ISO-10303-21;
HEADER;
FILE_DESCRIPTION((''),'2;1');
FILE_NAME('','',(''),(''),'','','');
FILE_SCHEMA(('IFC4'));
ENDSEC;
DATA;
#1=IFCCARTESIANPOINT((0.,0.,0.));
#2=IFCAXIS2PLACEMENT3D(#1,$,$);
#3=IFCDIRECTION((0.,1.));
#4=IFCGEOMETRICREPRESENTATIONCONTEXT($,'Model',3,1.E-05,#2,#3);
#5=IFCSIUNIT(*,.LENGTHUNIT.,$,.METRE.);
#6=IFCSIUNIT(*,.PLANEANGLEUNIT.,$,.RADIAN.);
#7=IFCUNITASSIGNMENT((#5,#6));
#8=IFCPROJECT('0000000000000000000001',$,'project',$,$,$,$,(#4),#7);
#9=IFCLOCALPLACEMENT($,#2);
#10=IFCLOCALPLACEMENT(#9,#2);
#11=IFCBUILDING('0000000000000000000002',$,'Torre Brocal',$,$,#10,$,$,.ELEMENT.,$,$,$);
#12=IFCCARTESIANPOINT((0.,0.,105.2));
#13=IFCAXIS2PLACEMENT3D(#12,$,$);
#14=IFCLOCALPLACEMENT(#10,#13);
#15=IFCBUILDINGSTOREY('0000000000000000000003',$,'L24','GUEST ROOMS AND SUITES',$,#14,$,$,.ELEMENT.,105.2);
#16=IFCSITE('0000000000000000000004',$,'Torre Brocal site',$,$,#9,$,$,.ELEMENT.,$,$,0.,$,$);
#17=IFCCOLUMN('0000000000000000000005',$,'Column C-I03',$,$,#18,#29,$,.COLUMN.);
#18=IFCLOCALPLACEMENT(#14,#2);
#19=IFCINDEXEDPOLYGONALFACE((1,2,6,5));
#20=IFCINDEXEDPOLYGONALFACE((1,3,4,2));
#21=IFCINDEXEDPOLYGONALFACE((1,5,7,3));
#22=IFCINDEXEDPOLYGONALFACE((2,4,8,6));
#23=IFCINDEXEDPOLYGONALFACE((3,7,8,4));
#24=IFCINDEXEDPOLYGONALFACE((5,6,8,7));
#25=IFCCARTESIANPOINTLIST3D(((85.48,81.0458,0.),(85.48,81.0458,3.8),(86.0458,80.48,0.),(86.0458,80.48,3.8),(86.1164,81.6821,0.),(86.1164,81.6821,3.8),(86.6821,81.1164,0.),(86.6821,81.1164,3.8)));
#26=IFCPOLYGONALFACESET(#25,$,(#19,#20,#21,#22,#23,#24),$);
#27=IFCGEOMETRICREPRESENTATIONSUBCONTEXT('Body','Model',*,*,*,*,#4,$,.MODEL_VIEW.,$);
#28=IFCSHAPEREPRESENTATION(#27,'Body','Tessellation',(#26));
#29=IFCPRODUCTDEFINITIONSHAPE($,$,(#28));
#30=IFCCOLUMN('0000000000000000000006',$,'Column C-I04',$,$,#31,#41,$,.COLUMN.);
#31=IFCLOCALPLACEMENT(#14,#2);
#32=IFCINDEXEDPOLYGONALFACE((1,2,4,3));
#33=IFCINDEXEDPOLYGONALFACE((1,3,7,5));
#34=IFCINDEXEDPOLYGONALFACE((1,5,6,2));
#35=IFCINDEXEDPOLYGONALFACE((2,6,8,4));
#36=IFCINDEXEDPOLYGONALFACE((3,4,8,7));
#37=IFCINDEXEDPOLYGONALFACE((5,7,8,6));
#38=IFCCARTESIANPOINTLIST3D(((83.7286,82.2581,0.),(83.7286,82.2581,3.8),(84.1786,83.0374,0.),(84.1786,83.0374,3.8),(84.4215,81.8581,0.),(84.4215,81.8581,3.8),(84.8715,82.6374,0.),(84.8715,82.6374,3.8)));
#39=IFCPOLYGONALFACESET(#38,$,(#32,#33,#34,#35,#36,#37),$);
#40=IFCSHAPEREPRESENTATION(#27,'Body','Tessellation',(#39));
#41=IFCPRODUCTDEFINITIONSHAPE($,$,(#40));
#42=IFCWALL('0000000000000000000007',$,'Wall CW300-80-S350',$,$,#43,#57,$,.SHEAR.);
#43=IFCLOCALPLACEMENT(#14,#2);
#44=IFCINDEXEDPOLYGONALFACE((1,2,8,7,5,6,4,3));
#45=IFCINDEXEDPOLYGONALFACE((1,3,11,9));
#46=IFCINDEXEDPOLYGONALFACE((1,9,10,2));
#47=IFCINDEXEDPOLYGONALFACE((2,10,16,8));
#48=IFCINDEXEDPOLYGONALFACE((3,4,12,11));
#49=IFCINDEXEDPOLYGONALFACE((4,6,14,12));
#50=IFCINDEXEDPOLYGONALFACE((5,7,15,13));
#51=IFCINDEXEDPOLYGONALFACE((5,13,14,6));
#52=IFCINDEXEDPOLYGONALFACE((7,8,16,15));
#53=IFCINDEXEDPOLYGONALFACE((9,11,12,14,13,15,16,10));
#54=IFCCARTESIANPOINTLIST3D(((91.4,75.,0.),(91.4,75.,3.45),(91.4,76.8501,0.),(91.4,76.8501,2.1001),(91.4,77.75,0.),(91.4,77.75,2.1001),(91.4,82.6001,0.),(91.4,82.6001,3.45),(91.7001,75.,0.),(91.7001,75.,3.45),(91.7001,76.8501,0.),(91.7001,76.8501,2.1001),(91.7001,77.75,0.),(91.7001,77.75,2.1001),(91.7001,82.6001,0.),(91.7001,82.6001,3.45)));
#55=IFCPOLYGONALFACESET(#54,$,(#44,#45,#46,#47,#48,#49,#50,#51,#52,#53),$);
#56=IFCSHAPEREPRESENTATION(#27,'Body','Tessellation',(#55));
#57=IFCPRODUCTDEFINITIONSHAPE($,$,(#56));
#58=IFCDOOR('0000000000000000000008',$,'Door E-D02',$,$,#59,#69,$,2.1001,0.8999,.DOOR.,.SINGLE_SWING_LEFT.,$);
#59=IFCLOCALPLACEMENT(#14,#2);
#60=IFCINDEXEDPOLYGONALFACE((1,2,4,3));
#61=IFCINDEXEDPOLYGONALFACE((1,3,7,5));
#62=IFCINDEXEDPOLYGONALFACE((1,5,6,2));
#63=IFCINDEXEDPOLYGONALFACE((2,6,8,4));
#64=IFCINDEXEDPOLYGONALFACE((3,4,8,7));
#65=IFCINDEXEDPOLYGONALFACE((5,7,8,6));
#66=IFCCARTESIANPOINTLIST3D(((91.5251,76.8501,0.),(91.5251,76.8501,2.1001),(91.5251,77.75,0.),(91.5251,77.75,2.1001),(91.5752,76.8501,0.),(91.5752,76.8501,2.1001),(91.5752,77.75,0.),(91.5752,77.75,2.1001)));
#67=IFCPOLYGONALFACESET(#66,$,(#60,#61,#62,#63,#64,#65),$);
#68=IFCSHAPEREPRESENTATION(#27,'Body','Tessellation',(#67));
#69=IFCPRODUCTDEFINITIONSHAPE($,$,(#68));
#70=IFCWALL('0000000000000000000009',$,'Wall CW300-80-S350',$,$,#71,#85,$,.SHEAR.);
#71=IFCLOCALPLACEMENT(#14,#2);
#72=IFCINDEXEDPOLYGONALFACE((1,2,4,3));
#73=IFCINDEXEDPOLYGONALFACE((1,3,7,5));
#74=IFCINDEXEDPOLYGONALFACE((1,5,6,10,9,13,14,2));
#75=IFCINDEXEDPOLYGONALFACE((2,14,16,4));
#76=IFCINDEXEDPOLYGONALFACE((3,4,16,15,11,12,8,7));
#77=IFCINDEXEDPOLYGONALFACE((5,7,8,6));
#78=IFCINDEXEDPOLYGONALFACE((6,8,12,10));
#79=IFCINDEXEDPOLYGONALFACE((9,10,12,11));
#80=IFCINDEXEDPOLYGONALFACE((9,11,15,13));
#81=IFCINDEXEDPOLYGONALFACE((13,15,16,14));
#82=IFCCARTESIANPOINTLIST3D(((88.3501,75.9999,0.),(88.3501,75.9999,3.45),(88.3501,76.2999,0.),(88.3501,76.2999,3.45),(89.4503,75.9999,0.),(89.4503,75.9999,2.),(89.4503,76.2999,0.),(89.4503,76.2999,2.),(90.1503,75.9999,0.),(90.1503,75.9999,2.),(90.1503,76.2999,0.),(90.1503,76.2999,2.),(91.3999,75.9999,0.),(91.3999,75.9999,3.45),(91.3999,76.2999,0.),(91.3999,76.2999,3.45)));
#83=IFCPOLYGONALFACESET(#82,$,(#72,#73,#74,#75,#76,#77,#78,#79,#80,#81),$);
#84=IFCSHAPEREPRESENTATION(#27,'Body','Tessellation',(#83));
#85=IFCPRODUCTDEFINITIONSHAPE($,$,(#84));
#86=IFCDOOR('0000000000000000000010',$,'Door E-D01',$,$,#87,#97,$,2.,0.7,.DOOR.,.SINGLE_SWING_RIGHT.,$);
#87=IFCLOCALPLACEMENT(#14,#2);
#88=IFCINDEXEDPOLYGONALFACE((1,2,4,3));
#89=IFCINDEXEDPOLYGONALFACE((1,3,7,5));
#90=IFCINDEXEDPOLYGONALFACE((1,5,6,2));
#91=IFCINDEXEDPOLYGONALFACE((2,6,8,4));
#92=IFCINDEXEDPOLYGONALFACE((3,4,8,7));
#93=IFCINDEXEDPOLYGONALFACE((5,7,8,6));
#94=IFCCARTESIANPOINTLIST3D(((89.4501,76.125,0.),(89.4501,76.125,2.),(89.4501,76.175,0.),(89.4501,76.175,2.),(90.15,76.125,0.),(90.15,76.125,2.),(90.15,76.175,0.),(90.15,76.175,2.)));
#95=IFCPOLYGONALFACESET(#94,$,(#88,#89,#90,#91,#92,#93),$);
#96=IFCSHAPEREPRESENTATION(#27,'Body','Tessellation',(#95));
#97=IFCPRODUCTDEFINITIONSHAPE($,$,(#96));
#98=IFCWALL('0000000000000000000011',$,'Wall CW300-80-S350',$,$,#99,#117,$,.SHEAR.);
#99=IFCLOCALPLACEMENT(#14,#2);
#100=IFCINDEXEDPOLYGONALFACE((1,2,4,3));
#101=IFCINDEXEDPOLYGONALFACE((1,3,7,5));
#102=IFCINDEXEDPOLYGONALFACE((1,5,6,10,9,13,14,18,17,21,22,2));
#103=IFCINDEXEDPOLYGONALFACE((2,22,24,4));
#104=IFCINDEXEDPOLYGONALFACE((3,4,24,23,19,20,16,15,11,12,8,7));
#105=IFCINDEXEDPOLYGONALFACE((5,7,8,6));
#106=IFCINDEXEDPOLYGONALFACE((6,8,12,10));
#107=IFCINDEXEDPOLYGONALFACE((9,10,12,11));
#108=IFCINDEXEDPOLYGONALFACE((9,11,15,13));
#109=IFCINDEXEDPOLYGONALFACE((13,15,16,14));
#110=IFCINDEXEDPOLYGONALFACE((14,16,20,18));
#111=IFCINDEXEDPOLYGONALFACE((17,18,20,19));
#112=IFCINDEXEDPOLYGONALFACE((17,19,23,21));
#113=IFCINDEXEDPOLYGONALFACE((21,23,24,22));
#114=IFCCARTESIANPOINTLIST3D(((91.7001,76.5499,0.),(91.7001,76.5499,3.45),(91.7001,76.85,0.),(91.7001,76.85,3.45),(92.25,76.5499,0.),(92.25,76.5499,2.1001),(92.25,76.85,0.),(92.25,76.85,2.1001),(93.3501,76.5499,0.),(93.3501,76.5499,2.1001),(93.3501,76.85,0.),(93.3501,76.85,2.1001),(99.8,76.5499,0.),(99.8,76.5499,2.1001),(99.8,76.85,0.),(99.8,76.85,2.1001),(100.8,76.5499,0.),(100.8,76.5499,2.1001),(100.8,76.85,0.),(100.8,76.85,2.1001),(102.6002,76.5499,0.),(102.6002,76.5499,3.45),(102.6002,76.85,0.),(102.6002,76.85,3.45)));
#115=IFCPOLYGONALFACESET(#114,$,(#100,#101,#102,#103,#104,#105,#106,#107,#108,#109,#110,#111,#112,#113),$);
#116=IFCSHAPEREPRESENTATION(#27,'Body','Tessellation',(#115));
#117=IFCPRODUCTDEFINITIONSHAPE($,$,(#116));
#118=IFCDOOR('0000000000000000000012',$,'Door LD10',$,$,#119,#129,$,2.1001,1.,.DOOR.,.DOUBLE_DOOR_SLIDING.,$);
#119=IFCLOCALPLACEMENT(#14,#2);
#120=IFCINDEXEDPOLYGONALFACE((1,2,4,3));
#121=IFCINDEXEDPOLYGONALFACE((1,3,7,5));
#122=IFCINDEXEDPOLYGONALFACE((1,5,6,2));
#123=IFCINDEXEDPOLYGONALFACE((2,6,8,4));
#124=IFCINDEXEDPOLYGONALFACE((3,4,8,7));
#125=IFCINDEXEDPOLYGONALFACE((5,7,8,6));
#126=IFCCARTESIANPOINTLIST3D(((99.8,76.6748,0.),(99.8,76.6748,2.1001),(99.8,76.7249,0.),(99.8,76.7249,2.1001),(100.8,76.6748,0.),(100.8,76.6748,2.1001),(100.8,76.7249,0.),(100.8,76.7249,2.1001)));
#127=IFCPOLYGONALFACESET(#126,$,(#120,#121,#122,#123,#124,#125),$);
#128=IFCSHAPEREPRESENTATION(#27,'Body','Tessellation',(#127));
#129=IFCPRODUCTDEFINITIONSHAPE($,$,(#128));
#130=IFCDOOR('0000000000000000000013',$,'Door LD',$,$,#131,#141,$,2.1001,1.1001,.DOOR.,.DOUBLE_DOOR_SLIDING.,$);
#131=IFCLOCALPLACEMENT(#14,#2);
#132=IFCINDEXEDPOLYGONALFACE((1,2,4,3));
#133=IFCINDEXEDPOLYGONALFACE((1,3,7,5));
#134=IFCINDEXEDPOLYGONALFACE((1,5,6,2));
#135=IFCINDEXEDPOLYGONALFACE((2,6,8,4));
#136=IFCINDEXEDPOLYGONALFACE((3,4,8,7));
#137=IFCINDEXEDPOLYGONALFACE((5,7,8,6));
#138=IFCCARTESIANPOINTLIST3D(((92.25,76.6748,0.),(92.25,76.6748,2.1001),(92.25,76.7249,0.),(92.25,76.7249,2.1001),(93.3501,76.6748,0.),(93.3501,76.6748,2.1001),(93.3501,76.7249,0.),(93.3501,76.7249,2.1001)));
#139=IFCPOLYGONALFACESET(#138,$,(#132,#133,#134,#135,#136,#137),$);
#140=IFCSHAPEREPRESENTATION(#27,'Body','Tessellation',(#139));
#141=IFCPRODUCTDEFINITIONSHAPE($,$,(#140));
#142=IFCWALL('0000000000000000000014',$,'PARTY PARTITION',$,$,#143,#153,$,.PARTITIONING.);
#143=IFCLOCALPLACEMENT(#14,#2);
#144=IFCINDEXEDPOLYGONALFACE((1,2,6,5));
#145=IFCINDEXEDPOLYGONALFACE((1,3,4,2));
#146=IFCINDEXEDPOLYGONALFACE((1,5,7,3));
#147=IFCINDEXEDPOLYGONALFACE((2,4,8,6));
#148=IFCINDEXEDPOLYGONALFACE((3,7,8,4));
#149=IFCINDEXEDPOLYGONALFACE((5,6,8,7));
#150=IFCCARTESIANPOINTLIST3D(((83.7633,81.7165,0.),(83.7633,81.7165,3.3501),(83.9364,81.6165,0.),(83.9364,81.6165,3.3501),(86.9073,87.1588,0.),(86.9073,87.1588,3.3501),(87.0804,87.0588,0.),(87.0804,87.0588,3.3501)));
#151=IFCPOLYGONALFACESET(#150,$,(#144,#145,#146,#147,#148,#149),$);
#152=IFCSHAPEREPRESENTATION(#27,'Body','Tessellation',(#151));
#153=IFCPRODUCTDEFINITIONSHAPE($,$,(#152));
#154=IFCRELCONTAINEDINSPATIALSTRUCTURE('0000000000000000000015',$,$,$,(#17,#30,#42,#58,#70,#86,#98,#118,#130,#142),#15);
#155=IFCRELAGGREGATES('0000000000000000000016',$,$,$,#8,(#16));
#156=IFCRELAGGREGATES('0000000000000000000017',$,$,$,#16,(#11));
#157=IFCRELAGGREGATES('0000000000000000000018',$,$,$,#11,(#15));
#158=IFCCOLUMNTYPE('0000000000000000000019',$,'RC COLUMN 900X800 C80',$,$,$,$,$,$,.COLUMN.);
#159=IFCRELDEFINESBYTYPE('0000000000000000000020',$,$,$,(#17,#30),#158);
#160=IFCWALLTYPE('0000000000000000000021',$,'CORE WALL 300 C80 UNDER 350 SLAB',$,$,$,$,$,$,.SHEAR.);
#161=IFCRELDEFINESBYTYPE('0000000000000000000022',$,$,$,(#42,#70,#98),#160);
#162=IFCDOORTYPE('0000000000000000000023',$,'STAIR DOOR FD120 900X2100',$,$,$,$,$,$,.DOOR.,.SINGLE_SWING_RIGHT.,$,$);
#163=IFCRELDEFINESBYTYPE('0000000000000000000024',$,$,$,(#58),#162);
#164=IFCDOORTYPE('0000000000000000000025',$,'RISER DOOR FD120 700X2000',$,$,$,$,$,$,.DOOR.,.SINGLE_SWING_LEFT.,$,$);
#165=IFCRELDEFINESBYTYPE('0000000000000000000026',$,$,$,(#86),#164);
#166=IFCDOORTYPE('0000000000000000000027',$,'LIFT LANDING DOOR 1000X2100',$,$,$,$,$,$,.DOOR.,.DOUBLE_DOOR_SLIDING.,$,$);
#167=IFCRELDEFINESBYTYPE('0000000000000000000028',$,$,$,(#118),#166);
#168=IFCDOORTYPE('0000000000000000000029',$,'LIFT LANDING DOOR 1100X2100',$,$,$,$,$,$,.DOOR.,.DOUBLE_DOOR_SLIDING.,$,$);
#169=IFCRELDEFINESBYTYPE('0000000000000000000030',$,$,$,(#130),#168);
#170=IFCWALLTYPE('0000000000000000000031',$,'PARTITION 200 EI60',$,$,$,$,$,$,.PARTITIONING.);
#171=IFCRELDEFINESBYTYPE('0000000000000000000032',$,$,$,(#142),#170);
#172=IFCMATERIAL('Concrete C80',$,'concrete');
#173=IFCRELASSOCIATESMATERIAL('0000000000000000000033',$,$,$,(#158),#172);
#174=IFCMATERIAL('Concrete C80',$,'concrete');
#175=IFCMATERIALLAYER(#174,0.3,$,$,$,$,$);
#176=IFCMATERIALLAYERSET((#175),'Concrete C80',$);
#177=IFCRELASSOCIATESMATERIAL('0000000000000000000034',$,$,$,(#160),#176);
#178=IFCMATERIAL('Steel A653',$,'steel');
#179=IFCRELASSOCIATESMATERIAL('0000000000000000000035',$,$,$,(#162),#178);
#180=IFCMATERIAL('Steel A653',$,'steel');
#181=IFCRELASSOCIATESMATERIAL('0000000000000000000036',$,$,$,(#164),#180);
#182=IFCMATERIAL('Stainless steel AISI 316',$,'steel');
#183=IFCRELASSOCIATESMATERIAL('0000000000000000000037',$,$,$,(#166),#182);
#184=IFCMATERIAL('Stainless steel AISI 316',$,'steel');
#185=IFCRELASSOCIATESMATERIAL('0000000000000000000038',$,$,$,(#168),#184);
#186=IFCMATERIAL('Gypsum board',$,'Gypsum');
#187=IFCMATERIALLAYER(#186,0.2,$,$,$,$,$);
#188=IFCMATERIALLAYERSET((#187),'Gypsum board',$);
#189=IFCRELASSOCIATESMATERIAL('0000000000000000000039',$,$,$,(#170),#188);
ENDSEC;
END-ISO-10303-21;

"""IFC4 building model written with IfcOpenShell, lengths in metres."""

from ifc_helpers import new_model, si_unit, direction, frame, frame_2d, origin, origin_2d, place, context, subcontext, project, spatial, rectangle, extrude, material, layer, layer_set, material_profile, profile_set, type_object, element, fill, save


model = new_model("IFC4")

# Units and contexts
model_context = context("Model", 3, precision=1e-05, world=origin(), true_north=direction((0.0, 1.0)))
body_context = subcontext(model_context, "Body", "Model", "MODEL_VIEW")
ifc_project = project(units=[si_unit("LENGTHUNIT", "METRE"), si_unit("PLANEANGLEUNIT", "RADIAN")], contexts=[model_context])

# Site, building, storey
site_placement = place(None, origin())
site = spatial("IfcSite", under=ifc_project, at=site_placement, Name="Torre Brocal site", CompositionType="ELEMENT", RefElevation=0.0)
building_placement = place(site_placement, origin())
building = spatial("IfcBuilding", under=site, at=building_placement, Name="Torre Brocal", CompositionType="ELEMENT")
storey_placement = place(building_placement, frame((0.0, 0.0, 105.2)))
storey = spatial("IfcBuildingStorey", under=building, at=storey_placement, Name="L24", Description="GUEST ROOMS AND SUITES", CompositionType="ELEMENT", Elevation=105.2)

# Columns
ifc_material_1 = material(Name="Concrete C80", Category="concrete")
ifc_material_profile = material_profile(ifc_material_1, rectangle(XDim=0.8999, YDim=0.8, at=origin_2d()), Name="RC 900X800")
ifc_profile_set = profile_set([ifc_material_profile], Name="Concrete C80")
column_type = type_object("IfcColumnType", Name="RC COLUMN 900X800 C80", PredefinedType="COLUMN", material=ifc_profile_set)
for number, where, z_axis, x_axis, name in (
    (1, (86.0811, 81.0811, 0.0), (0.0, 0.0, 1.0), (0.707107, 0.707107, 0.0), "Column C-I03"),
    (2, (84.3, 82.4478, 0.0), (0.0, 0.0, 1.0), (0.5, 0.866025, 0.0), "Column C-I04"),
):
    element("IfcColumn", number, at=place(storey_placement, frame(where, z_axis=z_axis, x_axis=x_axis)), inside=storey, type_object=column_type, Name=name, PredefinedType="COLUMN", context=body_context, shape_type="SweptSolid", body=[
        extrude(rectangle(XDim=0.8999, YDim=0.8, at=origin_2d()), origin(), (0.0, 0.0, 1.0), 3.8),
    ])

# Walls, openings, doors
ifc_material_2 = material(Name="Concrete C80", Category="concrete")
ifc_layer_1 = layer(ifc_material_2, 0.3)
ifc_layer_set_1 = layer_set([ifc_layer_1], Name="Concrete C80")
wall_type_1 = type_object("IfcWallType", Name="CORE WALL 300 C80 UNDER 350 SLAB", PredefinedType="SHEAR", material=ifc_layer_set_1)
wall_1_placement = place(storey_placement, frame((91.55, 75.0, 0.0), z_axis=(0.0, 0.0, 1.0), x_axis=(0.0, 1.0, 0.0)))
wall_1 = element("IfcWall", 3, at=wall_1_placement, inside=storey, type_object=wall_type_1, Name="Wall CW300-80-S350", PredefinedType="SHEAR", context=body_context, shape_type="SweptSolid", body=[
    extrude(rectangle(XDim=7.6001, YDim=0.3, at=frame_2d((3.8, 0.0))), origin(), (0.0, 0.0, 1.0), 3.45),
])
opening_1_placement = place(wall_1_placement, frame((1.8501, 0.0, 0.0)))
opening_1 = element("IfcOpeningElement", 4, at=opening_1_placement, cuts=wall_1, PredefinedType="OPENING", context=body_context, shape_type="SweptSolid", body=[
    extrude(rectangle(XDim=0.8999, YDim=2.1001, at=frame_2d((0.45, 1.05))), frame((0.0, 0.1599, 0.0), z_axis=(0.0, -1.0, 0.0), x_axis=(1.0, 0.0, 0.0)), (0.0, 0.0, 1.0), 0.3201),
])
ifc_material_3 = material(Name="Steel A653", Category="steel")
door_type_1 = type_object("IfcDoorType", Name="STAIR DOOR FD120 900X2100", OperationType="SINGLE_SWING_RIGHT", PredefinedType="DOOR", material=ifc_material_3)
door_1_placement = place(opening_1_placement, origin())
door_1 = element("IfcDoor", 5, at=door_1_placement, inside=storey, type_object=door_type_1, Name="Door E-D02", OperationType="SINGLE_SWING_LEFT", OverallHeight=2.1001, OverallWidth=0.8999, PredefinedType="DOOR", context=body_context, shape_type="SweptSolid", body=[
    extrude(rectangle(XDim=0.8999, YDim=2.1001, at=frame_2d((0.45, 1.05))), frame((0.0, 0.0249, 0.0), z_axis=(0.0, -1.0, 0.0), x_axis=(1.0, 0.0, 0.0)), (0.0, 0.0, 1.0), 0.05),
])
fill(opening_1, door_1)
wall_2_placement = place(storey_placement, frame((88.3501, 76.1499, 0.0), z_axis=(0.0, 0.0, 1.0), x_axis=(1.0, 0.0, 0.0)))
wall_2 = element("IfcWall", 6, at=wall_2_placement, inside=storey, type_object=wall_type_1, Name="Wall CW300-80-S350", PredefinedType="SHEAR", context=body_context, shape_type="SweptSolid", body=[
    extrude(rectangle(XDim=3.0498, YDim=0.3, at=frame_2d((1.5249, 0.0))), origin(), (0.0, 0.0, 1.0), 3.45),
])
opening_2_placement = place(wall_2_placement, frame((1.1001, 0.0, 0.0)))
opening_2 = element("IfcOpeningElement", 7, at=opening_2_placement, cuts=wall_2, PredefinedType="OPENING", context=body_context, shape_type="SweptSolid", body=[
    extrude(rectangle(XDim=0.7, YDim=2.0, at=frame_2d((0.3501, 1.0))), frame((0.0, 0.1599, 0.0), z_axis=(0.0, -1.0, 0.0), x_axis=(1.0, 0.0, 0.0)), (0.0, 0.0, 1.0), 0.3201),
])
ifc_material_4 = material(Name="Steel A653", Category="steel")
door_type_2 = type_object("IfcDoorType", Name="RISER DOOR FD120 700X2000", OperationType="SINGLE_SWING_LEFT", PredefinedType="DOOR", material=ifc_material_4)
door_2_placement = place(opening_2_placement, frame((0.7, 0.0, 0.0), z_axis=(0.0, 0.0, 1.0), x_axis=(-1.0, 0.0, 0.0)))
door_2 = element("IfcDoor", 8, at=door_2_placement, inside=storey, type_object=door_type_2, Name="Door E-D01", OperationType="SINGLE_SWING_RIGHT", OverallHeight=2.0, OverallWidth=0.7, PredefinedType="DOOR", context=body_context, shape_type="SweptSolid", body=[
    extrude(rectangle(XDim=0.7, YDim=2.0, at=frame_2d((0.3501, 1.0))), frame((0.0, 0.0249, 0.0), z_axis=(0.0, -1.0, 0.0), x_axis=(1.0, 0.0, 0.0)), (0.0, 0.0, 1.0), 0.05),
])
fill(opening_2, door_2)

# Wall, openings, doors
wall_3_placement = place(storey_placement, frame((91.7, 76.7, 0.0), z_axis=(0.0, 0.0, 1.0), x_axis=(1.0, 0.0, 0.0)))
wall_3 = element("IfcWall", 9, at=wall_3_placement, inside=storey, type_object=wall_type_1, Name="Wall CW300-80-S350", PredefinedType="SHEAR", context=body_context, shape_type="SweptSolid", body=[
    extrude(rectangle(XDim=10.9001, YDim=0.3, at=frame_2d((5.4502, 0.0))), origin(), (0.0, 0.0, 1.0), 3.45),
])
opening_3_placement = place(wall_3_placement, frame((0.55, 0.0, 0.0)))
opening_3 = element("IfcOpeningElement", 10, at=opening_3_placement, cuts=wall_3, PredefinedType="OPENING", context=body_context, shape_type="SweptSolid", body=[
    extrude(rectangle(XDim=1.1001, YDim=2.1001, at=frame_2d((0.55, 1.05))), frame((0.0, 0.1599, 0.0), z_axis=(0.0, -1.0, 0.0), x_axis=(1.0, 0.0, 0.0)), (0.0, 0.0, 1.0), 0.3201),
])
opening_4_placement = place(wall_3_placement, frame((8.1001, 0.0, 0.0)))
opening_4 = element("IfcOpeningElement", 11, at=opening_4_placement, cuts=wall_3, PredefinedType="OPENING", context=body_context, shape_type="SweptSolid", body=[
    extrude(rectangle(XDim=1.0, YDim=2.1001, at=frame_2d((0.5, 1.05))), frame((0.0, 0.1599, 0.0), z_axis=(0.0, -1.0, 0.0), x_axis=(1.0, 0.0, 0.0)), (0.0, 0.0, 1.0), 0.3201),
])
ifc_material_5 = material(Name="Stainless steel AISI 316", Category="steel")
door_type_3 = type_object("IfcDoorType", Name="LIFT LANDING DOOR 1000X2100", OperationType="DOUBLE_DOOR_SLIDING", PredefinedType="DOOR", material=ifc_material_5)
door_3_placement = place(opening_4_placement, origin())
door_3 = element("IfcDoor", 12, at=door_3_placement, inside=storey, type_object=door_type_3, Name="Door LD10", OperationType="DOUBLE_DOOR_SLIDING", OverallHeight=2.1001, OverallWidth=1.0, PredefinedType="DOOR", context=body_context, shape_type="SweptSolid", body=[
    extrude(rectangle(XDim=1.0, YDim=2.1001, at=frame_2d((0.5, 1.05))), frame((0.0, 0.0249, 0.0), z_axis=(0.0, -1.0, 0.0), x_axis=(1.0, 0.0, 0.0)), (0.0, 0.0, 1.0), 0.05),
])
fill(opening_4, door_3)
ifc_material_6 = material(Name="Stainless steel AISI 316", Category="steel")
door_type_4 = type_object("IfcDoorType", Name="LIFT LANDING DOOR 1100X2100", OperationType="DOUBLE_DOOR_SLIDING", PredefinedType="DOOR", material=ifc_material_6)
door_4_placement = place(opening_3_placement, origin())
door_4 = element("IfcDoor", 13, at=door_4_placement, inside=storey, type_object=door_type_4, Name="Door LD", OperationType="DOUBLE_DOOR_SLIDING", OverallHeight=2.1001, OverallWidth=1.1001, PredefinedType="DOOR", context=body_context, shape_type="SweptSolid", body=[
    extrude(rectangle(XDim=1.1001, YDim=2.1001, at=frame_2d((0.55, 1.05))), frame((0.0, 0.0249, 0.0), z_axis=(0.0, -1.0, 0.0), x_axis=(1.0, 0.0, 0.0)), (0.0, 0.0, 1.0), 0.05),
])
fill(opening_3, door_4)

# Wall
ifc_material_7 = material(Name="Gypsum board", Category="Gypsum")
ifc_layer_2 = layer(ifc_material_7, 0.2)
ifc_layer_set_2 = layer_set([ifc_layer_2], Name="Gypsum board")
wall_type_2 = type_object("IfcWallType", Name="PARTITION 200 EI60", PredefinedType="PARTITIONING", material=ifc_layer_set_2)
wall_4_placement = place(storey_placement, frame((83.8499, 81.6665, 0.0), z_axis=(0.0, 0.0, 1.0), x_axis=(0.500225, 0.865896, 0.0)))
element("IfcWall", 14, at=wall_4_placement, inside=storey, type_object=wall_type_2, Name="PARTY PARTITION", PredefinedType="PARTITIONING", context=body_context, shape_type="SweptSolid", body=[
    extrude(rectangle(XDim=6.2852, YDim=0.2, at=frame_2d((3.1426, 0.0))), origin(), (0.0, 0.0, 1.0), 3.3501),
])

save(model, "model.ifc")
